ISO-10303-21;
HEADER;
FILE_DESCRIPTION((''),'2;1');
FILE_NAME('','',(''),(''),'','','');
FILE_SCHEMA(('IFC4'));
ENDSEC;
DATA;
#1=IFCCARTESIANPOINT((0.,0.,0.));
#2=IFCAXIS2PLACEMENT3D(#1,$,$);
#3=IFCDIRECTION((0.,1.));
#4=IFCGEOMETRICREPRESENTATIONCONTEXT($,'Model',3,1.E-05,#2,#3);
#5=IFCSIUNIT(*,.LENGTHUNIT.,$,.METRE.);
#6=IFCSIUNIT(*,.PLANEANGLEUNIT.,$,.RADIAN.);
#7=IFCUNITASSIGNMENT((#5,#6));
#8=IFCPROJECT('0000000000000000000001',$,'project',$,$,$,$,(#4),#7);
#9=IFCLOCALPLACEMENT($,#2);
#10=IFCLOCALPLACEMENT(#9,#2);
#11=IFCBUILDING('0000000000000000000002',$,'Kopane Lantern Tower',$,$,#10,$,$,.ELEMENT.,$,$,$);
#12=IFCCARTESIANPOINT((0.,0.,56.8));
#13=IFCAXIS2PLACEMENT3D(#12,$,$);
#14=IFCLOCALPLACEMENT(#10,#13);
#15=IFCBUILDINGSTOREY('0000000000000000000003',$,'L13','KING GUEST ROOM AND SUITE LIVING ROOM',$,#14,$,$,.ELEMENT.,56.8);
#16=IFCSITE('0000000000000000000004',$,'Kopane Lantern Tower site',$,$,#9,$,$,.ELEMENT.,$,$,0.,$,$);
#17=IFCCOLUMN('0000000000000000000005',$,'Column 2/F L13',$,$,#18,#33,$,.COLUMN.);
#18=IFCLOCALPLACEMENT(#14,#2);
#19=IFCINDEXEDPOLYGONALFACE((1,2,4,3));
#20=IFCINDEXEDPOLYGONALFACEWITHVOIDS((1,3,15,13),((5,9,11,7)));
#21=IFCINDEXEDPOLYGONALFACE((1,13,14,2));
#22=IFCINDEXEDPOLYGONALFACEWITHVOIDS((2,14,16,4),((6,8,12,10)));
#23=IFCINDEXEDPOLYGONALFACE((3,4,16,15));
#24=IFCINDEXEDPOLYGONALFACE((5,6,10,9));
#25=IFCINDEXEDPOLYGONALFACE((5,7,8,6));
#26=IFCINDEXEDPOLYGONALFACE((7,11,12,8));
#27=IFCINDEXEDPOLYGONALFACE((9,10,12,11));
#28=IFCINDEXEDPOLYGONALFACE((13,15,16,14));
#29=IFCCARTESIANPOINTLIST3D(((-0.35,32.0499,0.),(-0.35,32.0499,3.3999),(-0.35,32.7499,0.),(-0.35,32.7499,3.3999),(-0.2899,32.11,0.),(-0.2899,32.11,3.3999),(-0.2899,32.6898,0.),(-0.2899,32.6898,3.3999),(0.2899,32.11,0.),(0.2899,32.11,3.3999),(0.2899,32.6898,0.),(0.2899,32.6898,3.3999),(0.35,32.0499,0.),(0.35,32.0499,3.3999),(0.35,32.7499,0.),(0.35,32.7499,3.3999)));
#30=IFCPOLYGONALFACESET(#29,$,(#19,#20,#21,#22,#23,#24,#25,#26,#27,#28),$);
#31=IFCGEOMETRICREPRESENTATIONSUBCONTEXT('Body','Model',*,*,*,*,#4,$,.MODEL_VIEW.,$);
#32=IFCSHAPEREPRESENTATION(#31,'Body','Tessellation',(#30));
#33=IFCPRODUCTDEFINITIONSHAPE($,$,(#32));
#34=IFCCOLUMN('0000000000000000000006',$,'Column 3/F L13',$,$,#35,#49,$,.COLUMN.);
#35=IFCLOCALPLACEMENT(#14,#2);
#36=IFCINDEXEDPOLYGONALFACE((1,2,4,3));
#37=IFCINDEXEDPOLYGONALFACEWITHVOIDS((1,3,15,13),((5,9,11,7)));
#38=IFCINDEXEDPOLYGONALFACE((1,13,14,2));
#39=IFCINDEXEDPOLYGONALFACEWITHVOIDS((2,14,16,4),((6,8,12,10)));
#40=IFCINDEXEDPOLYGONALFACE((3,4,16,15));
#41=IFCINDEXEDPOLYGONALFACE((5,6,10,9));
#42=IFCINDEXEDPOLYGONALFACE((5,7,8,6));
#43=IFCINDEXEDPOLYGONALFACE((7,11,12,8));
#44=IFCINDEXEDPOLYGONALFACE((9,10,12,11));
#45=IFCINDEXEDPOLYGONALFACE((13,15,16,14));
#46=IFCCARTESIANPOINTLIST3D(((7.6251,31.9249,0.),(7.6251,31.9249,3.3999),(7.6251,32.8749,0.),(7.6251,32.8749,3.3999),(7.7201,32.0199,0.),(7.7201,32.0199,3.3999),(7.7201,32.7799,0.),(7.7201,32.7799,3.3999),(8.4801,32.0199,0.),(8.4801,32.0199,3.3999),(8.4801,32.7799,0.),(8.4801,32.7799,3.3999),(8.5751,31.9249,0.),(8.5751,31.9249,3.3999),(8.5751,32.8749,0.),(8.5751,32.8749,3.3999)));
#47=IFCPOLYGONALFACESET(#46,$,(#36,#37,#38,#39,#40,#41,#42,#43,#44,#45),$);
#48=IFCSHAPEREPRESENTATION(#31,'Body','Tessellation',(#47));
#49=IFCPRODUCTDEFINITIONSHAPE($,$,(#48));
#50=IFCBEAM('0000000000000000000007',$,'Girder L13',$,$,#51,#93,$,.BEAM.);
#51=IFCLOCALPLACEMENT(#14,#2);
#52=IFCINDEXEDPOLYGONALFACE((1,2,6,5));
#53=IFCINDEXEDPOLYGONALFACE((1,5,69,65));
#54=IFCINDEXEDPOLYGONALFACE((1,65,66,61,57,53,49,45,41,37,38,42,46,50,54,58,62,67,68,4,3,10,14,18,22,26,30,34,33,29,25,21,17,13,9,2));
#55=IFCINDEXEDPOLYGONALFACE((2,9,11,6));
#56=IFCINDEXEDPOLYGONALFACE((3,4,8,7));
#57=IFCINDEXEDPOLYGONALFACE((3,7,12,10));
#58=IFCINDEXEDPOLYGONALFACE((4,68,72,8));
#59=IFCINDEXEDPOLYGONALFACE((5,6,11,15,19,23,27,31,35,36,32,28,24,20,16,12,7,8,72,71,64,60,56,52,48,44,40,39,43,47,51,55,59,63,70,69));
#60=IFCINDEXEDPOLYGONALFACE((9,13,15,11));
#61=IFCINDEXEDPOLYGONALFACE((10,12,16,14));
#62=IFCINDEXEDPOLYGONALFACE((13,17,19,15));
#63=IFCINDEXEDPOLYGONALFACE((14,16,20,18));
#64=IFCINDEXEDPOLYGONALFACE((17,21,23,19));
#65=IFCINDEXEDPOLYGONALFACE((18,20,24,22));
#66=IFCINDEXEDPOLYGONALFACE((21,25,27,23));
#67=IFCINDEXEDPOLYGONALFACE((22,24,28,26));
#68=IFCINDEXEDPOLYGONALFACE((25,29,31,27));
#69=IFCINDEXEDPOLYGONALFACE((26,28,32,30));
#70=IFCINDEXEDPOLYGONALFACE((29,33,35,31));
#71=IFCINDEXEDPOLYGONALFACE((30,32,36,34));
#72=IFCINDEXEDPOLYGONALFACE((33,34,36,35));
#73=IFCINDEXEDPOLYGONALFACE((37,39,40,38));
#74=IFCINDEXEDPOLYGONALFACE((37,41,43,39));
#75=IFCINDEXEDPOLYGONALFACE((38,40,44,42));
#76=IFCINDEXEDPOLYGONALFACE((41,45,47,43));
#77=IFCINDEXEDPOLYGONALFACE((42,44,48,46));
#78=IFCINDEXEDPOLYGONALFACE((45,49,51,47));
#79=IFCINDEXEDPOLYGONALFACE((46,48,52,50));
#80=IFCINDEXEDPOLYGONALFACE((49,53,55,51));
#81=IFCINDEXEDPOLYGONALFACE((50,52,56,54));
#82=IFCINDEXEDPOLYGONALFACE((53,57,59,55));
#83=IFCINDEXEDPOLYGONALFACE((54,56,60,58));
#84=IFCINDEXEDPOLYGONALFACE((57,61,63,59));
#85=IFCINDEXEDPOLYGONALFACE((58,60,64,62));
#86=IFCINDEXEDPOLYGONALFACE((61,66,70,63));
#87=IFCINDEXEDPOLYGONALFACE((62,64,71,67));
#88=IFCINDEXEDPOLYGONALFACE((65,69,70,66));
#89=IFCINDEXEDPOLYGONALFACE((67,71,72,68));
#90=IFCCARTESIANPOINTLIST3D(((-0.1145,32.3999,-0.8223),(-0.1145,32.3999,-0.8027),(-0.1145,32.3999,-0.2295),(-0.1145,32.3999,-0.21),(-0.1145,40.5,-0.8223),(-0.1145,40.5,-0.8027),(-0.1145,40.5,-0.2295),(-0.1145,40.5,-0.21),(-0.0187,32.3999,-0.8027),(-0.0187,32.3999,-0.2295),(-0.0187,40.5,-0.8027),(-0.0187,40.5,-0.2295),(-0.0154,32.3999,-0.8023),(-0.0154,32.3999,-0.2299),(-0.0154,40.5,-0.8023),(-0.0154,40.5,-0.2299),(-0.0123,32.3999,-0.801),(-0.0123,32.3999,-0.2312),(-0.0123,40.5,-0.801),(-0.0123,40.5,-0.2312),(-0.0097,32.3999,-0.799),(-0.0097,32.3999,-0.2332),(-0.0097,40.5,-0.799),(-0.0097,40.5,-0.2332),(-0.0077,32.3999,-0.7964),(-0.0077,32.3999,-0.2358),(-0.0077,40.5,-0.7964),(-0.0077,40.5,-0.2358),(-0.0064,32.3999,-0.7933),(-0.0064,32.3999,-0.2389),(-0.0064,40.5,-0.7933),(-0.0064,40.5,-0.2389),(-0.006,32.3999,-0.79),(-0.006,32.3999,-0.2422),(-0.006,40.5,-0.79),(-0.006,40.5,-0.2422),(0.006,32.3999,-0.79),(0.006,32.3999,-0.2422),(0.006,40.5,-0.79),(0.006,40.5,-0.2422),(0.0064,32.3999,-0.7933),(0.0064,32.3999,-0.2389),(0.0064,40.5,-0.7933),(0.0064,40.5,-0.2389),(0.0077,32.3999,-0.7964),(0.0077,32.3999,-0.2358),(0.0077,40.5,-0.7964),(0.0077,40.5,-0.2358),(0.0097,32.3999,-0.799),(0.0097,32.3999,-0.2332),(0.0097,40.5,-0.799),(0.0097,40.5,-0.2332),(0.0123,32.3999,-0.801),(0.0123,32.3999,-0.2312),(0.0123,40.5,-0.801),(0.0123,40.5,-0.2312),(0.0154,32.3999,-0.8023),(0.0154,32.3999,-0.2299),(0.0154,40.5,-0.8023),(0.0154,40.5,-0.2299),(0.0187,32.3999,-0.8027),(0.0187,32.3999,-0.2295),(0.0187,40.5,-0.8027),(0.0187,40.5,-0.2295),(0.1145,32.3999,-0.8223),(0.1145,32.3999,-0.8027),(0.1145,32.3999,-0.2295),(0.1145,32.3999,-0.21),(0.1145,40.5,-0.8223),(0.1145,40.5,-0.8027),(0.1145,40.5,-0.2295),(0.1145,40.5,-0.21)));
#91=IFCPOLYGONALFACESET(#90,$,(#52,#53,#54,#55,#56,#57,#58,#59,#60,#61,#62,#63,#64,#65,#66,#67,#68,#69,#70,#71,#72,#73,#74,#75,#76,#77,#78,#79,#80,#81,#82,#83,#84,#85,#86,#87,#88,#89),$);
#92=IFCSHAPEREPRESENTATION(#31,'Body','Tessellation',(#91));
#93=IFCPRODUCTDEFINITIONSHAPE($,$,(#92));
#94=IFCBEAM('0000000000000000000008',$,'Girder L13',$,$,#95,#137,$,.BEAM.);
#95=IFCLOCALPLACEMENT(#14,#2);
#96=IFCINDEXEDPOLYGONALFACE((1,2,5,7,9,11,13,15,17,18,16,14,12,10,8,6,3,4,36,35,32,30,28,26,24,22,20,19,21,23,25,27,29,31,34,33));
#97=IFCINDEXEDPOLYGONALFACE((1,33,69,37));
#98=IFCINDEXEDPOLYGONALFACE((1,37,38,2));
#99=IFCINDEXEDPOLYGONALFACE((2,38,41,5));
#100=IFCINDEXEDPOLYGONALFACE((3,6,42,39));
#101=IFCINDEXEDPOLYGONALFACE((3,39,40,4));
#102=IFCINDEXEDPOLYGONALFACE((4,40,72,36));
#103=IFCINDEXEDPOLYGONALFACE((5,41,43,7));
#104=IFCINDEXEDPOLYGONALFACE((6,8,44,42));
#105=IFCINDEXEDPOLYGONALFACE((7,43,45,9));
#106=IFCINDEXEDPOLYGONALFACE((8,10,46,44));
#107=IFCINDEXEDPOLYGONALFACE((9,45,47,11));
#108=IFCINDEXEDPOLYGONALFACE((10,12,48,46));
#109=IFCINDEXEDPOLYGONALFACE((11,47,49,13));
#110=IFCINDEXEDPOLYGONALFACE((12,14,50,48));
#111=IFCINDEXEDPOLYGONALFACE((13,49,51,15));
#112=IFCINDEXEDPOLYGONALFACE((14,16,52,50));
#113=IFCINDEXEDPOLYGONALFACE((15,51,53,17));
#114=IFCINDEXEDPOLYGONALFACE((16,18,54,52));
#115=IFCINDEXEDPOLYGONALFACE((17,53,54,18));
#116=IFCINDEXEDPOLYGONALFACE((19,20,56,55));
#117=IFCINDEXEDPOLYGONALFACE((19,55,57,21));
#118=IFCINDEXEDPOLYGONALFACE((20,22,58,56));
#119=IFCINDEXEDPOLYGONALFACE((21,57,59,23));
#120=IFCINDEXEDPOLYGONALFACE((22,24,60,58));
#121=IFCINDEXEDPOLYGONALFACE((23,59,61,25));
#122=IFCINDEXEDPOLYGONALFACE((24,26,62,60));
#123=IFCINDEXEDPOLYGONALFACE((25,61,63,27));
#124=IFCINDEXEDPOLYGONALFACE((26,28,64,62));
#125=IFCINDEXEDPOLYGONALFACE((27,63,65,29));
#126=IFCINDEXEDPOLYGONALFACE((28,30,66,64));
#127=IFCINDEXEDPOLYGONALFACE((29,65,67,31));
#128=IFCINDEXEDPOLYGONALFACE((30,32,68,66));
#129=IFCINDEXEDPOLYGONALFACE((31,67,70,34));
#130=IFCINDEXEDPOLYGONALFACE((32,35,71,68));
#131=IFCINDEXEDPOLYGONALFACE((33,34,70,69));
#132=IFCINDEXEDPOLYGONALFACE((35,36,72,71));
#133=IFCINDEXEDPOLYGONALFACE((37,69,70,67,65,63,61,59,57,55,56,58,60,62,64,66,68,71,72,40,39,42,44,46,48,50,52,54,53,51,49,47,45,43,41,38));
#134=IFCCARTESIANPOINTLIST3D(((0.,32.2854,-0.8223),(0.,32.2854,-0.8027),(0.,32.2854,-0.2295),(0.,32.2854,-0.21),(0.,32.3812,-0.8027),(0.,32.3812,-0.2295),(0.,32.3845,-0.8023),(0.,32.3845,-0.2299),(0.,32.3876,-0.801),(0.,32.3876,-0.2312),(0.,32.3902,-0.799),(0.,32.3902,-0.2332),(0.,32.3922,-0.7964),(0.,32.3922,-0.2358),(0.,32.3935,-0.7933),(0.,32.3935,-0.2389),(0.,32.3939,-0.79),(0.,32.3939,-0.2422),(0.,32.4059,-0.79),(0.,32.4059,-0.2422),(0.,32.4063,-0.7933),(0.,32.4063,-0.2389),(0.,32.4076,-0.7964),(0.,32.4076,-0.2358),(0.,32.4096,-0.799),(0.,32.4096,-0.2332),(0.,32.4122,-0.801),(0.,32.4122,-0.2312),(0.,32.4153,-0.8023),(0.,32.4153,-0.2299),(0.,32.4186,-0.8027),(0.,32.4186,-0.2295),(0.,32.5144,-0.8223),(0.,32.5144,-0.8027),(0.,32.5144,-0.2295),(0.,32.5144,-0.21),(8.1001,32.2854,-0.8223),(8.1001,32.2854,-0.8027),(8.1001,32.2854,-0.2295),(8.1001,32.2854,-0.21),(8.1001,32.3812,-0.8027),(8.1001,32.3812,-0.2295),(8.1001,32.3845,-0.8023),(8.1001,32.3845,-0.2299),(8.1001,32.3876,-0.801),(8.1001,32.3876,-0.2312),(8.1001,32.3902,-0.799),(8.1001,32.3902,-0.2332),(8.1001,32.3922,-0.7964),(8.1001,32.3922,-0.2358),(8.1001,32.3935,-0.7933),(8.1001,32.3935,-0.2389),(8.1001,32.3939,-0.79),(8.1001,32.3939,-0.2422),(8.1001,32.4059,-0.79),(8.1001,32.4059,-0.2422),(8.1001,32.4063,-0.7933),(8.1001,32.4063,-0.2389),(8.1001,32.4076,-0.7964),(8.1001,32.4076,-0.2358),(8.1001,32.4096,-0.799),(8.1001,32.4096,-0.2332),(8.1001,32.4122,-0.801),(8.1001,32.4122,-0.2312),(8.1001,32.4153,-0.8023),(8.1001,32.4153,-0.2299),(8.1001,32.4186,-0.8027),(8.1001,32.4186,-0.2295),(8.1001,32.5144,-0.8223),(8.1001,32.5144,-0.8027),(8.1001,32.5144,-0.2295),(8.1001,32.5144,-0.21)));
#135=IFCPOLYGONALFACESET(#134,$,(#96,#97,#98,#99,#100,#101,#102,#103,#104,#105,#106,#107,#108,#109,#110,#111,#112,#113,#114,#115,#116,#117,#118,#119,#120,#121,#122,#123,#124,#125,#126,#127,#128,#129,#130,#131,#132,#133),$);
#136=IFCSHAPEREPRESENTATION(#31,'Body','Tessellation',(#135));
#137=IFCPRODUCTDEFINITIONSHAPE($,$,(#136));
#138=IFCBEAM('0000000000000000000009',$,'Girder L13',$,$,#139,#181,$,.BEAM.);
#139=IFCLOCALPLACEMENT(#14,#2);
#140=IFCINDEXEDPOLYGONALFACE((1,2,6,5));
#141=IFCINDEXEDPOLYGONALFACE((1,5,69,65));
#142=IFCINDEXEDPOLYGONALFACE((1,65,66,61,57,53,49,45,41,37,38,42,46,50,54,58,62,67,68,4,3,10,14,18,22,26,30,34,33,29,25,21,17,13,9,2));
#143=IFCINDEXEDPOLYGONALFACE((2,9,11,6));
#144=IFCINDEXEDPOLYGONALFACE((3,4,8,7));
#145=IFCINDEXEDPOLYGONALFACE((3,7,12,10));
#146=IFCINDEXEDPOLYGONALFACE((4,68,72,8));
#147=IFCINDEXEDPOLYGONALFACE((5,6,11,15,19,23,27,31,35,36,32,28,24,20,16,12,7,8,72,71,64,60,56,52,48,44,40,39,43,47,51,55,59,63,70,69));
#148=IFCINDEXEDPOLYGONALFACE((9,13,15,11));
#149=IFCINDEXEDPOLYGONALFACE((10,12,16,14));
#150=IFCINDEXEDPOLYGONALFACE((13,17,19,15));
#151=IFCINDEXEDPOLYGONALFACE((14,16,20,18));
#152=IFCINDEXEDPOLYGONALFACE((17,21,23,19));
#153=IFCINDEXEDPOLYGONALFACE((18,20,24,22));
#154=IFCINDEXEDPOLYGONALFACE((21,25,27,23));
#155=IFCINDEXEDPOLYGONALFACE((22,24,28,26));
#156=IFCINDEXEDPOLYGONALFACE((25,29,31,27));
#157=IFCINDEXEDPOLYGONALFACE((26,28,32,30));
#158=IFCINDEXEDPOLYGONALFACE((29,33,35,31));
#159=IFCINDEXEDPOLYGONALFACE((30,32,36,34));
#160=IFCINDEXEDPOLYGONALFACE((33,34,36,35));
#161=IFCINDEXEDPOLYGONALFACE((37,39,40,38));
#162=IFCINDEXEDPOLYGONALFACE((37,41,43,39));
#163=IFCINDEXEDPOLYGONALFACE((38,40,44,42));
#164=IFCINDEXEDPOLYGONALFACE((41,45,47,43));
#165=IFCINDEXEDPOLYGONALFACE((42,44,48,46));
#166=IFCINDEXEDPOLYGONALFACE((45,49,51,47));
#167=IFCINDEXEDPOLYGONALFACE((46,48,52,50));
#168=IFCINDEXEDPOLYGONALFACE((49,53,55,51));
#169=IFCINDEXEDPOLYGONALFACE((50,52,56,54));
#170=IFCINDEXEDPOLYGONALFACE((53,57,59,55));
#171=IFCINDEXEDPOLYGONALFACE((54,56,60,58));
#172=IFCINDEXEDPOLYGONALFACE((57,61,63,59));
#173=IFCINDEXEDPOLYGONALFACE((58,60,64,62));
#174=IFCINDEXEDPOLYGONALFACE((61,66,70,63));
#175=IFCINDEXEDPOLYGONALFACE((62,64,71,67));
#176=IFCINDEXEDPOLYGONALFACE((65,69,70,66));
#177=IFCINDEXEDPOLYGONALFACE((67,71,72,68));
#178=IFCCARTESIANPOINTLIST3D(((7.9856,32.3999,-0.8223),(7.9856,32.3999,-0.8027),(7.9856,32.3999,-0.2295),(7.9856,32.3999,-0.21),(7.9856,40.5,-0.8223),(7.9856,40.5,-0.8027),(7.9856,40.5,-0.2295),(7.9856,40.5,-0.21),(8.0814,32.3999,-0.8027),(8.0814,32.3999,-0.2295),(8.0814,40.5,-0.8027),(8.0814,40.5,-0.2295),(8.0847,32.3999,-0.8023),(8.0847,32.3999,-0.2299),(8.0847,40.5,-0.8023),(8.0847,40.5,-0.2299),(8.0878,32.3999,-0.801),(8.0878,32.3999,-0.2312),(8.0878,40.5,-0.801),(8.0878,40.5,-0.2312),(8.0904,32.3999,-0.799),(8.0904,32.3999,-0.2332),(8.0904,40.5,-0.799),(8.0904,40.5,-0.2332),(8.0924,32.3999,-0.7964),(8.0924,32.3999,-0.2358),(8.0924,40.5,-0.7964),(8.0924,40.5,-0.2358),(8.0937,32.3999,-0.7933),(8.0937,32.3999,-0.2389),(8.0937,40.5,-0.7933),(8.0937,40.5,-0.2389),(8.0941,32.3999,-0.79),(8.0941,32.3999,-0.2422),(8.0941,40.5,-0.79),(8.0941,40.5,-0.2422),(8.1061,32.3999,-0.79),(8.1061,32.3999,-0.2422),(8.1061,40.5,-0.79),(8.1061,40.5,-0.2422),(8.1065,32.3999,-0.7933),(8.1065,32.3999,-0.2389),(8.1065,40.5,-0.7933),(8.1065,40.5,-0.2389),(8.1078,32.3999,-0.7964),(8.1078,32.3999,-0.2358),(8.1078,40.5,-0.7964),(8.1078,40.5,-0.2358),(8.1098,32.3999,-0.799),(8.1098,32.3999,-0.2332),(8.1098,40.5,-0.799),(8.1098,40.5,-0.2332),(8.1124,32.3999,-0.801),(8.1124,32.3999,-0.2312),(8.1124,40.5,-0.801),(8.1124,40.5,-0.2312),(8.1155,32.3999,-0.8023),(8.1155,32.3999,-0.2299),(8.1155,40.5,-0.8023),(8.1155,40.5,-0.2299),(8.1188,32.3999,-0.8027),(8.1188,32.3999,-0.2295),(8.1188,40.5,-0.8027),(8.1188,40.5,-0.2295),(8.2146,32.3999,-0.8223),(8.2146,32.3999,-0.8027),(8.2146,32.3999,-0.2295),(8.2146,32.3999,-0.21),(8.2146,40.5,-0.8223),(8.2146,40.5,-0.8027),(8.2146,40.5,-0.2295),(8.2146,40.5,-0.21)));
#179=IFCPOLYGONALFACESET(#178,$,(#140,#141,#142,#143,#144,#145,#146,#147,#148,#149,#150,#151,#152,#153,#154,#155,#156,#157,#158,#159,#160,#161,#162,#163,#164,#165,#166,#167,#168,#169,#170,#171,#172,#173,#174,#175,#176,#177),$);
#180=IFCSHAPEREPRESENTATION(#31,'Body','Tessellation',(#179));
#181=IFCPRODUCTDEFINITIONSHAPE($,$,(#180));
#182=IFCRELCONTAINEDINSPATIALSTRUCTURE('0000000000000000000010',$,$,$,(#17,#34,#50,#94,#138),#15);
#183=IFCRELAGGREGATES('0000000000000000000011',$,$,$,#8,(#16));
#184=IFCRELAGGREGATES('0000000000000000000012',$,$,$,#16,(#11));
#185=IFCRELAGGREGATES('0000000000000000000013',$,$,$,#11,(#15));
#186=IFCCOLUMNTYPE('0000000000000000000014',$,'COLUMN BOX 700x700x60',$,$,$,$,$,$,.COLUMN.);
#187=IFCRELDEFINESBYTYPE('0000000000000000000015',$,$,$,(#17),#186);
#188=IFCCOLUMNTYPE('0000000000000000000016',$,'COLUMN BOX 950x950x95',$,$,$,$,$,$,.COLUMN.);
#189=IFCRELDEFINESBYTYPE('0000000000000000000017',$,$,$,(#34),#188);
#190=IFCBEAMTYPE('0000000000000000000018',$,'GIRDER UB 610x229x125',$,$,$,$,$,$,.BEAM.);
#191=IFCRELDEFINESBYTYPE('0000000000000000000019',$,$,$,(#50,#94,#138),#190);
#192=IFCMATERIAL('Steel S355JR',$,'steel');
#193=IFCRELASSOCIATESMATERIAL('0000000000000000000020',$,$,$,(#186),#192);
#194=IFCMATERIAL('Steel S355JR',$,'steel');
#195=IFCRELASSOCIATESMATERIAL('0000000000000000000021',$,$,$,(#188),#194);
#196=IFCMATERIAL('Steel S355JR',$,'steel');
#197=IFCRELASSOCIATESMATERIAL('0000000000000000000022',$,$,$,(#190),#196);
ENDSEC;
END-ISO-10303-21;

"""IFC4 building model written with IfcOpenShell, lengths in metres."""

from ifc_helpers import new_model, si_unit, direction, frame, origin, origin_2d, place, context, subcontext, project, spatial, hollow_rectangle, i_section, extrude, material, material_profile, profile_set, type_object, element, save


model = new_model("IFC4")

# Units and contexts
model_context = context("Model", 3, precision=1e-05, world=origin(), true_north=direction((0.0, 1.0)))
body_context = subcontext(model_context, "Body", "Model", "MODEL_VIEW")
ifc_project = project(units=[si_unit("LENGTHUNIT", "METRE"), si_unit("PLANEANGLEUNIT", "RADIAN")], contexts=[model_context])

# Site, building, storey
site_placement = place(None, origin())
site = spatial("IfcSite", under=ifc_project, at=site_placement, Name="Kopane Lantern Tower site", CompositionType="ELEMENT", RefElevation=0.0)
building_placement = place(site_placement, origin())
building = spatial("IfcBuilding", under=site, at=building_placement, Name="Kopane Lantern Tower", CompositionType="ELEMENT")
storey_placement = place(building_placement, frame((0.0, 0.0, 56.8)))
storey = spatial("IfcBuildingStorey", under=building, at=storey_placement, Name="L13", Description="KING GUEST ROOM AND SUITE LIVING ROOM", CompositionType="ELEMENT", Elevation=56.8)

# Columns
ifc_material_1 = material(Name="Steel S355JR", Category="steel")
ifc_material_profile_1 = material_profile(ifc_material_1, hollow_rectangle(XDim=0.7, YDim=0.7, WallThickness=0.0601, at=origin_2d()), Name="BOX 700x700x60")
ifc_profile_set_1 = profile_set([ifc_material_profile_1], Name="Steel S355JR")
column_type_1 = type_object("IfcColumnType", Name="COLUMN BOX 700x700x60", PredefinedType="COLUMN", material=ifc_profile_set_1)
column_1_placement = place(storey_placement, frame((0.0, 32.3999, 0.0), z_axis=(0.0, 0.0, 1.0), x_axis=(1.0, 0.0, 0.0)))
element("IfcColumn", 1, at=column_1_placement, inside=storey, type_object=column_type_1, Name="Column 2/F L13", PredefinedType="COLUMN", context=body_context, shape_type="SweptSolid", body=[
    extrude(hollow_rectangle(XDim=0.7, YDim=0.7, WallThickness=0.0601, at=origin_2d()), origin(), (0.0, 0.0, 1.0), 3.3999),
])
ifc_material_2 = material(Name="Steel S355JR", Category="steel")
ifc_material_profile_2 = material_profile(ifc_material_2, hollow_rectangle(XDim=0.95, YDim=0.95, WallThickness=0.095, at=origin_2d()), Name="BOX 950x950x95")
ifc_profile_set_2 = profile_set([ifc_material_profile_2], Name="Steel S355JR")
column_type_2 = type_object("IfcColumnType", Name="COLUMN BOX 950x950x95", PredefinedType="COLUMN", material=ifc_profile_set_2)
column_2_placement = place(storey_placement, frame((8.1001, 32.3999, 0.0), z_axis=(0.0, 0.0, 1.0), x_axis=(1.0, 0.0, 0.0)))
element("IfcColumn", 2, at=column_2_placement, inside=storey, type_object=column_type_2, Name="Column 3/F L13", PredefinedType="COLUMN", context=body_context, shape_type="SweptSolid", body=[
    extrude(hollow_rectangle(XDim=0.95, YDim=0.95, WallThickness=0.095, at=origin_2d()), origin(), (0.0, 0.0, 1.0), 3.3999),
])

# Beams
ifc_material_3 = material(Name="Steel S355JR", Category="steel")
ifc_material_profile_3 = material_profile(ifc_material_3, i_section(OverallWidth=0.229, OverallDepth=0.6123, WebThickness=0.012, FlangeThickness=0.0195, FilletRadius=0.0127, at=origin_2d()), Name="UB 610x229x125")
ifc_profile_set_3 = profile_set([ifc_material_profile_3], Name="Steel S355JR")
beam_type = type_object("IfcBeamType", Name="GIRDER UB 610x229x125", PredefinedType="BEAM", material=ifc_profile_set_3)
for number, where, z_axis, x_axis, name in (
    (3, (0.0, 32.3999, -0.5161), (0.0, 1.0, 0.0), (-1.0, 0.0, 0.0), "Girder L13"),
    (4, (0.0, 32.3999, -0.5161), (1.0, 0.0, 0.0), (0.0, 1.0, 0.0), "Girder L13"),
    (5, (8.1001, 32.3999, -0.5161), (0.0, 1.0, 0.0), (-1.0, 0.0, 0.0), "Girder L13"),
):
    element("IfcBeam", number, at=place(storey_placement, frame(where, z_axis=z_axis, x_axis=x_axis)), inside=storey, type_object=beam_type, Name=name, PredefinedType="BEAM", context=body_context, shape_type="SweptSolid", body=[
        extrude(i_section(OverallWidth=0.229, OverallDepth=0.6123, WebThickness=0.012, FlangeThickness=0.0195, FilletRadius=0.0127, at=origin_2d()), origin(), (0.0, 0.0, 1.0), 8.1001),
    ])

save(model, "model.ifc")
